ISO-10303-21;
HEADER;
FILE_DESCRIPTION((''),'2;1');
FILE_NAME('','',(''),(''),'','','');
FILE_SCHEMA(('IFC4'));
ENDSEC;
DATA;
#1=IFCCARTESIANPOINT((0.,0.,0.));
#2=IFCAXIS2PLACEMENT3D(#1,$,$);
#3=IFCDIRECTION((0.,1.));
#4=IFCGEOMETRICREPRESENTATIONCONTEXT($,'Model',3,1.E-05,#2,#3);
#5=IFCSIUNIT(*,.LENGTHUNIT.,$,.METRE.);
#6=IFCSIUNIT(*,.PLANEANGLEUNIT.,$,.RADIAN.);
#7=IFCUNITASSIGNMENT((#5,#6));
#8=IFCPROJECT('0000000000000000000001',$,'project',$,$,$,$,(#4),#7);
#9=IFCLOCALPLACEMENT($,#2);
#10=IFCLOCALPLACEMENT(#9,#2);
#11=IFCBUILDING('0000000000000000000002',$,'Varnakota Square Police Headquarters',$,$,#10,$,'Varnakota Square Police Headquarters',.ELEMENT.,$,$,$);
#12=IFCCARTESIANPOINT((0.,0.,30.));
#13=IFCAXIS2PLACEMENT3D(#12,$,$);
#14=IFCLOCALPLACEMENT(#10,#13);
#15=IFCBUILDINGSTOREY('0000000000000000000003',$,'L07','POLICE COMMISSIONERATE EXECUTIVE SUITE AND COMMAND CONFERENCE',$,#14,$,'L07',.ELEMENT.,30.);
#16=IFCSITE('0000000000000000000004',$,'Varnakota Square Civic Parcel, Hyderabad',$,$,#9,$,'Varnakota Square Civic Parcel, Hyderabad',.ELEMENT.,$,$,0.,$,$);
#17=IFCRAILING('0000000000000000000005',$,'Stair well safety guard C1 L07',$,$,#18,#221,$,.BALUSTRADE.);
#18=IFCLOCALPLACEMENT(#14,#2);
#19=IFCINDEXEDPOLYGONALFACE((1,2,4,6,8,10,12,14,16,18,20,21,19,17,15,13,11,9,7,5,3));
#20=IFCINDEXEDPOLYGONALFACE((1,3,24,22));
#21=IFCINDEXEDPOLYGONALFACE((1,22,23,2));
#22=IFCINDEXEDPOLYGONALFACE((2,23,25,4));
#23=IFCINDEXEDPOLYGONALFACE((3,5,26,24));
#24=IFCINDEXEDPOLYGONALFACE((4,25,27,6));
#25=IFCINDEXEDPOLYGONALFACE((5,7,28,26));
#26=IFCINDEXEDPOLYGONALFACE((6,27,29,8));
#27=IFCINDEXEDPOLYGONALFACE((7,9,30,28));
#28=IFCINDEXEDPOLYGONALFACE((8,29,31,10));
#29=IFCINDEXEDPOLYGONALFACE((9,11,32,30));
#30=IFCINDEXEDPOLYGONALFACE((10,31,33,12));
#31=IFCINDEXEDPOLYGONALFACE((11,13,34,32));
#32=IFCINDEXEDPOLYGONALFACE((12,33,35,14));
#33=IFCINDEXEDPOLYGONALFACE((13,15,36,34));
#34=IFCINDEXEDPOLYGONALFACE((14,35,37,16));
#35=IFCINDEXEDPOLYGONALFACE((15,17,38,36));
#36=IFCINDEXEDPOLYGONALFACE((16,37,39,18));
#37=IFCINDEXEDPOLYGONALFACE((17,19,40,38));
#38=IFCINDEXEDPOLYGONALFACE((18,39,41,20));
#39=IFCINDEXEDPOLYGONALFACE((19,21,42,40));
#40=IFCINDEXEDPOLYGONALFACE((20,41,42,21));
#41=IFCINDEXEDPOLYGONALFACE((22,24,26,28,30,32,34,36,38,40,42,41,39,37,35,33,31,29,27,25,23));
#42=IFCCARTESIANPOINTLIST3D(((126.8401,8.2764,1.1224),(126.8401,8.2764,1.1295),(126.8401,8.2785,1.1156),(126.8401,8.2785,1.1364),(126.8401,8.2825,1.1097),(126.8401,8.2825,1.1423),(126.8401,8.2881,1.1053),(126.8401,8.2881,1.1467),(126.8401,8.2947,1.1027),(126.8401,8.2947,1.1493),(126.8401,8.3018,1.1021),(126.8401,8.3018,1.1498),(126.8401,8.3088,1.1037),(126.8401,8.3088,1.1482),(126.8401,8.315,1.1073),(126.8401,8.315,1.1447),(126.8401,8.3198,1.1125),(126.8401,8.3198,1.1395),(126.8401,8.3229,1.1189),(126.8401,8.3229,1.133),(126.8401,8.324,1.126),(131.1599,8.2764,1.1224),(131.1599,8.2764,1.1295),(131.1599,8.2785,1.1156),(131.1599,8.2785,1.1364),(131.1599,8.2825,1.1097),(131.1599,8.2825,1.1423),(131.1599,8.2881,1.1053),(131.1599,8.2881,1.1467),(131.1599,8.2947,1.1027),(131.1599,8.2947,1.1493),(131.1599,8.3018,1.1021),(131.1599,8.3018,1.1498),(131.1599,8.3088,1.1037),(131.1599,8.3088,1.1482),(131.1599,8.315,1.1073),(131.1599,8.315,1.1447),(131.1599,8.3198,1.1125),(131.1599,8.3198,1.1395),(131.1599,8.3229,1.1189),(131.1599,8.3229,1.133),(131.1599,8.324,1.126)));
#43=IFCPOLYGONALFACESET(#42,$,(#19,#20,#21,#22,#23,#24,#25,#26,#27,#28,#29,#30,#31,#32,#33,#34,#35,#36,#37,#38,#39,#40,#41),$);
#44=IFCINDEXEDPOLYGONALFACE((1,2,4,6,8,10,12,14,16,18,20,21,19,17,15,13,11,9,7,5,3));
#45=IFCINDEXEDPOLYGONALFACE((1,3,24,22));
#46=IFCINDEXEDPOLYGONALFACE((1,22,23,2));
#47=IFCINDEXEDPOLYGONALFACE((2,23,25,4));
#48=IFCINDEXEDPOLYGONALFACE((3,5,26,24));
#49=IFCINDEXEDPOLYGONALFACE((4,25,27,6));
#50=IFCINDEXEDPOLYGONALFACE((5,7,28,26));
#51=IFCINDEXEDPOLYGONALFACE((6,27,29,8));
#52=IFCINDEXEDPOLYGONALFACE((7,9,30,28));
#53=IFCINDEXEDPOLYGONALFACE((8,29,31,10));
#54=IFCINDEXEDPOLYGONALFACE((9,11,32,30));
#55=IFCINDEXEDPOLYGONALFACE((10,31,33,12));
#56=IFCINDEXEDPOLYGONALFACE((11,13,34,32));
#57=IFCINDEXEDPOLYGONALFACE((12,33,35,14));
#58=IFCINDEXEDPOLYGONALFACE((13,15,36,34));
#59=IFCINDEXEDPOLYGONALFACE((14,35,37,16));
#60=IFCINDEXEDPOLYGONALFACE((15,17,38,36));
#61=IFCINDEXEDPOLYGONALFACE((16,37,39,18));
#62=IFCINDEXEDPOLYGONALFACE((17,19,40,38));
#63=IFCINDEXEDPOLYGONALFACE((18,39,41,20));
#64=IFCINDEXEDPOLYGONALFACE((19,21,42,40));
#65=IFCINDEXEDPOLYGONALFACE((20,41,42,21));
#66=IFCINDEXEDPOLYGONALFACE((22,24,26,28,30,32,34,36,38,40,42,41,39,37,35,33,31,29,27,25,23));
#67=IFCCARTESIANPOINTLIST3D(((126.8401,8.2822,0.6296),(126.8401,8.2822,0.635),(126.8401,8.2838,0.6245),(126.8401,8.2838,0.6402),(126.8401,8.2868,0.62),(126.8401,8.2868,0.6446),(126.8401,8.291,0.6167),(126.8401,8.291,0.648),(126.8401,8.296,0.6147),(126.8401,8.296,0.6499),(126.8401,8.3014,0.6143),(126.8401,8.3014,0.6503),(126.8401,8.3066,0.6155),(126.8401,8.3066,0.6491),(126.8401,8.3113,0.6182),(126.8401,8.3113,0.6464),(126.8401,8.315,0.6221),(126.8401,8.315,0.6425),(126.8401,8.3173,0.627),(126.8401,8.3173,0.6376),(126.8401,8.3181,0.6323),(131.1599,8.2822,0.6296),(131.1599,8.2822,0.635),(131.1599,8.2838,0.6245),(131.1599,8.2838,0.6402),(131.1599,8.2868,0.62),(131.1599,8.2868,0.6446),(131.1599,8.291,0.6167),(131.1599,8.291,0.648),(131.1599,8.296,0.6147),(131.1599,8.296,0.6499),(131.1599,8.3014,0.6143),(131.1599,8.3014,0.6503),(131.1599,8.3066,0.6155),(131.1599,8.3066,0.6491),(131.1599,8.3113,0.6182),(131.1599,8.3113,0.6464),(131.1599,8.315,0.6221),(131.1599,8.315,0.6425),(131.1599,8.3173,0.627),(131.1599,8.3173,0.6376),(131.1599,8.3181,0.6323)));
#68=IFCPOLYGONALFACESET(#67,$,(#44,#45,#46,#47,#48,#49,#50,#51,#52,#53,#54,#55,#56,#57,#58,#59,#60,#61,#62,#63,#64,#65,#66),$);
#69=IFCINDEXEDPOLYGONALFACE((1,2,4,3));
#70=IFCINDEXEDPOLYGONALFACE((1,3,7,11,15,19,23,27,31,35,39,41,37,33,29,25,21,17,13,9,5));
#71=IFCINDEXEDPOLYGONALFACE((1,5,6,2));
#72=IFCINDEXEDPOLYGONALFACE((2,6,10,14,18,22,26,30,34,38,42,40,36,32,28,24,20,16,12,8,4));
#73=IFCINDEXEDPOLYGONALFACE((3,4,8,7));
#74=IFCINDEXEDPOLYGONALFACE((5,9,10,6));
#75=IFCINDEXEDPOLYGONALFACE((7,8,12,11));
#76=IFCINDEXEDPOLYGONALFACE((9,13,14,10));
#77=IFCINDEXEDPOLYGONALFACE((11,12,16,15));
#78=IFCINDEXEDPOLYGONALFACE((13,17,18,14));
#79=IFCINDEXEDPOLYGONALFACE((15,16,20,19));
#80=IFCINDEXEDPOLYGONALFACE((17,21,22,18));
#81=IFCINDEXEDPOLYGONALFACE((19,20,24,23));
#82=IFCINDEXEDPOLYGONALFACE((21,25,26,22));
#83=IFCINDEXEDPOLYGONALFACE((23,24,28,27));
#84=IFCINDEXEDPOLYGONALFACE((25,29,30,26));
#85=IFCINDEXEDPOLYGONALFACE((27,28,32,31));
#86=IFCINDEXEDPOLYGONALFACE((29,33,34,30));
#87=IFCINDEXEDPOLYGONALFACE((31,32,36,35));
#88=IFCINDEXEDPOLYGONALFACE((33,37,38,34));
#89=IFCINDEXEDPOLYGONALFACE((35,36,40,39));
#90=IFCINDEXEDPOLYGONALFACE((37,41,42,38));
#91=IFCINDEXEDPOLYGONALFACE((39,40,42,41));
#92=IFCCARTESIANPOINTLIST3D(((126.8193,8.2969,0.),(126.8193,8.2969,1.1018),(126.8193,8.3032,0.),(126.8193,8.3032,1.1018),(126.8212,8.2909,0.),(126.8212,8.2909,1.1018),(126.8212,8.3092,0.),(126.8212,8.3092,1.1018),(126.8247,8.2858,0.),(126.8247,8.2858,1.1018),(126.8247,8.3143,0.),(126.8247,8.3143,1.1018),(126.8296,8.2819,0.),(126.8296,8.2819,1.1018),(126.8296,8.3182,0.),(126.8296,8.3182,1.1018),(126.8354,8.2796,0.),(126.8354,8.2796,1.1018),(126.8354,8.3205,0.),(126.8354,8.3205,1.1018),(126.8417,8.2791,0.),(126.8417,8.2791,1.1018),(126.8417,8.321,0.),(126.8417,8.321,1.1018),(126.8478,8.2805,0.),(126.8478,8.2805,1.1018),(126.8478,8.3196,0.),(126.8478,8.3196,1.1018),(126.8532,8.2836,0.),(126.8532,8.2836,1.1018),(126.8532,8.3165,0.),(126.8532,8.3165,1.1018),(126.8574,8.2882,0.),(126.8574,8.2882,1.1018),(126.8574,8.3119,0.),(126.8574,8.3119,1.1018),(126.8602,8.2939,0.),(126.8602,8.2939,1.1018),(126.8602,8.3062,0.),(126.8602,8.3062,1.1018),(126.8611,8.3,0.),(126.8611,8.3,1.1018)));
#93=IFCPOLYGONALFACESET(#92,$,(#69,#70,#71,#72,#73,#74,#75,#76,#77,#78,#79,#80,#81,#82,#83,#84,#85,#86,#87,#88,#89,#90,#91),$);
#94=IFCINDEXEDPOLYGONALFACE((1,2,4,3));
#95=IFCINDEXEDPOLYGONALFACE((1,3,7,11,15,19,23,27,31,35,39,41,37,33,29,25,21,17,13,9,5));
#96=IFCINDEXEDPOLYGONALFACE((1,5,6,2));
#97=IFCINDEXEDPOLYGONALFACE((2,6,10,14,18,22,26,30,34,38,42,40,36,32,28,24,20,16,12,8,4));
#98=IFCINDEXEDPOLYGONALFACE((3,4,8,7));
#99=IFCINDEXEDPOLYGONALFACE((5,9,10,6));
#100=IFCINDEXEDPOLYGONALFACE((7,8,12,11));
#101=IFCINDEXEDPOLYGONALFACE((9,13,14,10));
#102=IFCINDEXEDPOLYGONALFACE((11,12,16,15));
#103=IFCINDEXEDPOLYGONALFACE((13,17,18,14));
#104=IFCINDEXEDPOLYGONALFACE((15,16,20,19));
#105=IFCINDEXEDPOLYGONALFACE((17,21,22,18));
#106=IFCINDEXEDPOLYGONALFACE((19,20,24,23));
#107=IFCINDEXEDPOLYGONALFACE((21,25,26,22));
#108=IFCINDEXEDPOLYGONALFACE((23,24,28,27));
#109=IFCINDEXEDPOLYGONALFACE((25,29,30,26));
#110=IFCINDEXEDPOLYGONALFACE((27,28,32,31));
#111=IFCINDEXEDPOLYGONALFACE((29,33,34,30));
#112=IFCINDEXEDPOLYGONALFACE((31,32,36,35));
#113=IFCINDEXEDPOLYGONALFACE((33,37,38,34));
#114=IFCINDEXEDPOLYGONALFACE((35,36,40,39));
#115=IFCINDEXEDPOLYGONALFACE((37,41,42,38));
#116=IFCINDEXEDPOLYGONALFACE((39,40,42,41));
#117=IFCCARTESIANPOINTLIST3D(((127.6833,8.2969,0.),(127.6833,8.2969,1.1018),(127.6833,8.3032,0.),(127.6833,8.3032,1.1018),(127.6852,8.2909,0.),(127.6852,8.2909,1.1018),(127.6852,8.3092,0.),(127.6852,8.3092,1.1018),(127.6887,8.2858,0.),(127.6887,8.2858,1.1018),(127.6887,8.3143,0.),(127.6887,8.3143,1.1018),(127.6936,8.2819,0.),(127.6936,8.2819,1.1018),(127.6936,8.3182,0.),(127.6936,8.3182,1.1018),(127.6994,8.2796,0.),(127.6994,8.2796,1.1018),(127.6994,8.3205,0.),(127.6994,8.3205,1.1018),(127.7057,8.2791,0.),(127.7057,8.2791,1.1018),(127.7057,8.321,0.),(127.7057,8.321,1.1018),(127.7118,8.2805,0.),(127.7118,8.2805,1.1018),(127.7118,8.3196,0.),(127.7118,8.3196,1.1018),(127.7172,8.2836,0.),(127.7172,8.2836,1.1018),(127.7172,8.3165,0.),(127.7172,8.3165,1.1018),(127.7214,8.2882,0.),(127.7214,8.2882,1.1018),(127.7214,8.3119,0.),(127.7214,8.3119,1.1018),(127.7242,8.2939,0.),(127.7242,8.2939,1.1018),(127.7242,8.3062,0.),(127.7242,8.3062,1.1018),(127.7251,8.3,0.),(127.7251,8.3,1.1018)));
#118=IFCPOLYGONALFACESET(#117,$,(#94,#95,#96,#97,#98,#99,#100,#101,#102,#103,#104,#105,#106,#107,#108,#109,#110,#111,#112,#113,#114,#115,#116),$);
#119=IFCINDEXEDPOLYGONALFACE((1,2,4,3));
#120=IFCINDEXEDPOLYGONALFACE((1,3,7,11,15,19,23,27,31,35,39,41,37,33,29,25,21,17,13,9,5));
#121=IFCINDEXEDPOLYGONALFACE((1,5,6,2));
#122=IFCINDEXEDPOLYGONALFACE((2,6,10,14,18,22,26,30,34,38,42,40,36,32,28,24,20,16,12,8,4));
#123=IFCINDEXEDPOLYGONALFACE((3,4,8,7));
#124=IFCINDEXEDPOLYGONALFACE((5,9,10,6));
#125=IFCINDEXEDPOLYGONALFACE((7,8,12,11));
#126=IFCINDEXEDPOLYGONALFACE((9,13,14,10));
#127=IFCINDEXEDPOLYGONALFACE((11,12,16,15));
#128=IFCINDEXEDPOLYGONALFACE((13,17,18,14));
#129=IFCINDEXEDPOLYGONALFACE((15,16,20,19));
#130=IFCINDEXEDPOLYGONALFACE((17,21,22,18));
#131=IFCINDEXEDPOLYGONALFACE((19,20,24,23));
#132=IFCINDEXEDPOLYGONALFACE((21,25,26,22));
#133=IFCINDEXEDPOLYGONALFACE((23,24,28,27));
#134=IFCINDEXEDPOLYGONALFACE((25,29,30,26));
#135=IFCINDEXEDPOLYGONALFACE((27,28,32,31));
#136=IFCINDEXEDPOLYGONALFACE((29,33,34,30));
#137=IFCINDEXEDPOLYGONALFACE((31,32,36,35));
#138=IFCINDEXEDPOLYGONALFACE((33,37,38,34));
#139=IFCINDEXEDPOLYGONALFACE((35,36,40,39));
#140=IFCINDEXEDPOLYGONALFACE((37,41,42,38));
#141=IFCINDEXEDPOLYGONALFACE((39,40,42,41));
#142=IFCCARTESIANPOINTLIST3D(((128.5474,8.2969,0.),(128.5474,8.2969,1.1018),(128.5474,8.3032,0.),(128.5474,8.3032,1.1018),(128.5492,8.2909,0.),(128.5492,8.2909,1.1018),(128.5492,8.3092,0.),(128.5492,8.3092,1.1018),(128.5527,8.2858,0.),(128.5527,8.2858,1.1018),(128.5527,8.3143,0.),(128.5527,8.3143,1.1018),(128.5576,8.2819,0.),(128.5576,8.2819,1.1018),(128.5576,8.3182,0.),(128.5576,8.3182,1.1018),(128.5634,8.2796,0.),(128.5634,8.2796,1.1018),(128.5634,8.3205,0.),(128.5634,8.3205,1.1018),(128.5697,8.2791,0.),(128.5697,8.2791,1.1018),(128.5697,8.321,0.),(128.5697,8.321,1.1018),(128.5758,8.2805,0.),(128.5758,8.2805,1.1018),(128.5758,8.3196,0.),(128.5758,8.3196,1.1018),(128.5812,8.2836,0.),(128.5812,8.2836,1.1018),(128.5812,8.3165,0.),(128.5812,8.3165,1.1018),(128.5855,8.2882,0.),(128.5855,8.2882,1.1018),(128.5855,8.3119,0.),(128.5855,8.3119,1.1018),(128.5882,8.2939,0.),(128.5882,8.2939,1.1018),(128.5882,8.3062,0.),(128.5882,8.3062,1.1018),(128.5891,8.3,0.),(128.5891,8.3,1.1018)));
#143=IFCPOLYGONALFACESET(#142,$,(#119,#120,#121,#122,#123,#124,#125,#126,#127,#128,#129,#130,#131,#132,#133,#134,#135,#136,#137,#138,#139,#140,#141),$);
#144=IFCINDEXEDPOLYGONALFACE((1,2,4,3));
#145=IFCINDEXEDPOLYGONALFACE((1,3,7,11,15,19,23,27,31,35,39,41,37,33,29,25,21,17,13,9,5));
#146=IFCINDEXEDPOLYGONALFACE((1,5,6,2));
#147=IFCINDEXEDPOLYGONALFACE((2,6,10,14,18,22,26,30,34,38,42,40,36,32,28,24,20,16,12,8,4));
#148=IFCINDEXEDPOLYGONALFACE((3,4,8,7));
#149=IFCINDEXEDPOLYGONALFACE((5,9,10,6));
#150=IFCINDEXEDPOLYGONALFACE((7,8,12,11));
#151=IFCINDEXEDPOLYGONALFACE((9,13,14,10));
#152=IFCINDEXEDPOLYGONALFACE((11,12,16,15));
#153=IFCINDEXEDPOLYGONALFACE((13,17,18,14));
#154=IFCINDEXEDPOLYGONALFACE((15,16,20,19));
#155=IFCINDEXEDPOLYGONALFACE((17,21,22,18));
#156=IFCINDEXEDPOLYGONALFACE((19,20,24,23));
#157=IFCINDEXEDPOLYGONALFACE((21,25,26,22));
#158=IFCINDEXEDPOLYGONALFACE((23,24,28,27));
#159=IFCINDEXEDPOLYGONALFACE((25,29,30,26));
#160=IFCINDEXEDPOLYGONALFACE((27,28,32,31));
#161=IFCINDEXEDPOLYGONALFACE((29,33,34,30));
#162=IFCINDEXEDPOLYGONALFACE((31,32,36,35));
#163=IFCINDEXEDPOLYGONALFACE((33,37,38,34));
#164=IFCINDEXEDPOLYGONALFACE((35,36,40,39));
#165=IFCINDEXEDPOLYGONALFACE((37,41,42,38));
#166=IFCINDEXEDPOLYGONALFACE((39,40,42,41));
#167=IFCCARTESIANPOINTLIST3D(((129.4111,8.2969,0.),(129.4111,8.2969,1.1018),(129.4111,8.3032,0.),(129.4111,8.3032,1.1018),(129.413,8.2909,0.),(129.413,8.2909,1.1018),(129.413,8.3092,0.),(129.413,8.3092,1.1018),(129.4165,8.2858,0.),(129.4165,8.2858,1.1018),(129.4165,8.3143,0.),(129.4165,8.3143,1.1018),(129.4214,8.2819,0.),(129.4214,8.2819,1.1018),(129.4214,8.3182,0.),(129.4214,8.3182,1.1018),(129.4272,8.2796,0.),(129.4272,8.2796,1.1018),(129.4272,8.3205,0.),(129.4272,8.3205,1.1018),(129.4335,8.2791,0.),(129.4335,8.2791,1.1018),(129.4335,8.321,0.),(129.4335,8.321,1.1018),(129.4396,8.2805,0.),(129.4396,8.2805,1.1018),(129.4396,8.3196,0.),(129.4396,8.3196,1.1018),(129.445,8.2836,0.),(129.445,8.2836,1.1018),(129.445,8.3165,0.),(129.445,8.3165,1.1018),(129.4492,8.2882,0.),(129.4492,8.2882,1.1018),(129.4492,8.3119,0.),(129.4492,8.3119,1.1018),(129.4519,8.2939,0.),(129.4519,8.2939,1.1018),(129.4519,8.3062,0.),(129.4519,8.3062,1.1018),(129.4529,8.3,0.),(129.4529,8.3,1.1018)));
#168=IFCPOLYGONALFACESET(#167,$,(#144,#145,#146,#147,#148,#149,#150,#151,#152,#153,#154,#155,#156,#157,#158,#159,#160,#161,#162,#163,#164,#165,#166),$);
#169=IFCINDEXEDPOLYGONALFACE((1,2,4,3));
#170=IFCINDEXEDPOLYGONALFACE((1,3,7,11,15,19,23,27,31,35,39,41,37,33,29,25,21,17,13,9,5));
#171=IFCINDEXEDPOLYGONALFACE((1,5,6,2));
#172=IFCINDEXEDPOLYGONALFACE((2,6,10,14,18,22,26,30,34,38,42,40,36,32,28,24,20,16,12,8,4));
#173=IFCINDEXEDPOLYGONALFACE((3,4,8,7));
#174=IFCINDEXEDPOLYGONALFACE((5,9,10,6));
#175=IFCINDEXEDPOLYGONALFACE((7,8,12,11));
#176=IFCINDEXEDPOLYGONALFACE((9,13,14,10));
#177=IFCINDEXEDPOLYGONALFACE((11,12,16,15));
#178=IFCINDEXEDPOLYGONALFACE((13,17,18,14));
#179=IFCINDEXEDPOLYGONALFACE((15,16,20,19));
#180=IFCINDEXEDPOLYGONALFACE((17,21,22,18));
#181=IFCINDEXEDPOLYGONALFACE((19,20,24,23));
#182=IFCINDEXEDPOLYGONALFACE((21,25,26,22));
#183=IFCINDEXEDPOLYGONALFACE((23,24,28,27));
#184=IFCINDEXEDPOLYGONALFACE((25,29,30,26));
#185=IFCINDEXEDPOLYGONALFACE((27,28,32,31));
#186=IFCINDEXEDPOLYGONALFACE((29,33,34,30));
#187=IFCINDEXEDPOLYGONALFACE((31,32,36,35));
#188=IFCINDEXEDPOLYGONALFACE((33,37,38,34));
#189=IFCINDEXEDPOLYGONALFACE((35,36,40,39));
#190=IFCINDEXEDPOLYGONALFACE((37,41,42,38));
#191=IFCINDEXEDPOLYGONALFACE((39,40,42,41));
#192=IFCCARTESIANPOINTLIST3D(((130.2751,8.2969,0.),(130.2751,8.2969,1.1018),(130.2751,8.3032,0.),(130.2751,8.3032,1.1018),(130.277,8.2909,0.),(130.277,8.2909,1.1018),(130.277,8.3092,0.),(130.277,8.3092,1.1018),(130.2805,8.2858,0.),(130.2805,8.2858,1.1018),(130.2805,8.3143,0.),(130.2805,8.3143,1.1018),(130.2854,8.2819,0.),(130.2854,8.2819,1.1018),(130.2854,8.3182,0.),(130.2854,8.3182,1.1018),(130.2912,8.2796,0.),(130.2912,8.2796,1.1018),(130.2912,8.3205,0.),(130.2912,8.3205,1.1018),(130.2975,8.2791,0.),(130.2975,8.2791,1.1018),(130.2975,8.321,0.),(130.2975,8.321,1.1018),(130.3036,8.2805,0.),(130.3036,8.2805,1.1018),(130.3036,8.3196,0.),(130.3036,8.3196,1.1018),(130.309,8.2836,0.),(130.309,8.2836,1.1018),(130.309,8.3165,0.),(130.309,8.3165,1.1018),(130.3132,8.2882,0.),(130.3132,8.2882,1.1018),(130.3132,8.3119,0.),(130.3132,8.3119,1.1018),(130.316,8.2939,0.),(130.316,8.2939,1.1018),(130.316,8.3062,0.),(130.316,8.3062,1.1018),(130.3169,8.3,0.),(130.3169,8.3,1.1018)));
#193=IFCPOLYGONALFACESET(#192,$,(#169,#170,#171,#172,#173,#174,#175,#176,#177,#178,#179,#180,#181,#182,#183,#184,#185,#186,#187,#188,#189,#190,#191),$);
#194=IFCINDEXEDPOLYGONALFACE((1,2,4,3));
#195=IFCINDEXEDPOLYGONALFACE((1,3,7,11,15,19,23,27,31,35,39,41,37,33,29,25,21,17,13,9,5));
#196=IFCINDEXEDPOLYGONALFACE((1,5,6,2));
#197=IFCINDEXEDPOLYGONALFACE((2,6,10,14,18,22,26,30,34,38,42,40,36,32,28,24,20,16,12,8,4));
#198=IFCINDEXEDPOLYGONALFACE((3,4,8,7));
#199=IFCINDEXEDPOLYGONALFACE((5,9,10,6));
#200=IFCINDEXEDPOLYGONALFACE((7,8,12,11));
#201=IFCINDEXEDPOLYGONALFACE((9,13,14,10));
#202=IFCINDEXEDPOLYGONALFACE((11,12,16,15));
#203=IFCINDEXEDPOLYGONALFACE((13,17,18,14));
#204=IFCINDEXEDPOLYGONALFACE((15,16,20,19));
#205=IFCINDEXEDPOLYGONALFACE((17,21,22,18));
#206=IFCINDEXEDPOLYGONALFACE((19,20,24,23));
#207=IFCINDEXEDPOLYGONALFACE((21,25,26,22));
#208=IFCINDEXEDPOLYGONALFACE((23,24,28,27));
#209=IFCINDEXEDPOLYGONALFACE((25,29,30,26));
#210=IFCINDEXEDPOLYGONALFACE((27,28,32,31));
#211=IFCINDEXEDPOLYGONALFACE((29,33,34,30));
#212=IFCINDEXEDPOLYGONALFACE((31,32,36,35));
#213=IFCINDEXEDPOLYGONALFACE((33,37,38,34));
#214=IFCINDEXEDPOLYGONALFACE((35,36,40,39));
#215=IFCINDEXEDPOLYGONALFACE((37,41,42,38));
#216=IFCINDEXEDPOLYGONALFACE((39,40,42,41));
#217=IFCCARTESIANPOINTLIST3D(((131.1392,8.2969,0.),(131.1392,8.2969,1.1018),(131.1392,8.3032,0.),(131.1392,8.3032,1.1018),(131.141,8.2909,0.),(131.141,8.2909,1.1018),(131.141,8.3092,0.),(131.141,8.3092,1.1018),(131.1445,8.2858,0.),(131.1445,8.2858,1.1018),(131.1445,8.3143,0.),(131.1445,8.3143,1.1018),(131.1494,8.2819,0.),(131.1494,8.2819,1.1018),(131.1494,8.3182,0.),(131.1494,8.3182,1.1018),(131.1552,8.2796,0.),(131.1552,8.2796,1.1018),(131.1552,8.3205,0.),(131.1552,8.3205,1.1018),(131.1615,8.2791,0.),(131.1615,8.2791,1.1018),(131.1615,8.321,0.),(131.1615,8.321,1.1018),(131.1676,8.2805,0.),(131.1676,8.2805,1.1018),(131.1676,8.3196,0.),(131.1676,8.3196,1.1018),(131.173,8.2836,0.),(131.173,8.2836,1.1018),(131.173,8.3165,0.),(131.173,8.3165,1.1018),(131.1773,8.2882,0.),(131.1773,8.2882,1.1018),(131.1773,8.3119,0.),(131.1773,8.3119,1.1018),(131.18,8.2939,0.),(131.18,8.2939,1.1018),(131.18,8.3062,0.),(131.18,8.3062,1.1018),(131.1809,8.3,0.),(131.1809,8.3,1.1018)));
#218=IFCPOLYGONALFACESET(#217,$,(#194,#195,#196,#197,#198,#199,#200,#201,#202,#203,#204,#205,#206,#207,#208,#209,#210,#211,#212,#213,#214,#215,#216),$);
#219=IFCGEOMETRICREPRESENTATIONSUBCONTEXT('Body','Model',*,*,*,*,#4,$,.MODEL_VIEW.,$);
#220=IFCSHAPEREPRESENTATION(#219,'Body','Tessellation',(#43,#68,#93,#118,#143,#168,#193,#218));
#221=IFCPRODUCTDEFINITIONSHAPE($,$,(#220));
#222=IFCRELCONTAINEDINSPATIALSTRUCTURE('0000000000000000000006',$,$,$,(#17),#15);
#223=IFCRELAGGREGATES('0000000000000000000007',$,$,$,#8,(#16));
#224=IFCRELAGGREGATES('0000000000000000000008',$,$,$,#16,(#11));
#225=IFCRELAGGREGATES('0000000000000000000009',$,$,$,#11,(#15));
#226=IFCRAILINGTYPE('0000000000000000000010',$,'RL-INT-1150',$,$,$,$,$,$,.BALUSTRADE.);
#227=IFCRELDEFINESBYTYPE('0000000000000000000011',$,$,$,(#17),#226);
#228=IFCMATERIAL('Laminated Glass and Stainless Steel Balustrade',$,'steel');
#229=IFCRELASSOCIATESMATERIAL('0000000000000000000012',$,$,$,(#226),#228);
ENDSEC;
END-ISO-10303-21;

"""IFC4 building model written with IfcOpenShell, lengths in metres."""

from ifc_helpers import new_model, si_unit, direction, frame, origin, origin_2d, place, context, subcontext, project, spatial, circle, extrude, material, type_object, element, save


model = new_model("IFC4")

# Units and contexts
model_context = context("Model", 3, precision=1e-05, world=origin(), true_north=direction((0.0, 1.0)))
body_context = subcontext(model_context, "Body", "Model", "MODEL_VIEW")
ifc_project = project(units=[si_unit("LENGTHUNIT", "METRE"), si_unit("PLANEANGLEUNIT", "RADIAN")], contexts=[model_context])

# Site, building, storey
site_placement = place(None, origin())
site = spatial("IfcSite", under=ifc_project, at=site_placement, Name="Varnakota Square Civic Parcel, Hyderabad", LongName="Varnakota Square Civic Parcel, Hyderabad", CompositionType="ELEMENT", RefElevation=0.0)
building_placement = place(site_placement, origin())
building = spatial("IfcBuilding", under=site, at=building_placement, Name="Varnakota Square Police Headquarters", LongName="Varnakota Square Police Headquarters", CompositionType="ELEMENT")
storey_placement = place(building_placement, frame((0.0, 0.0, 30.0)))
storey = spatial("IfcBuildingStorey", under=building, at=storey_placement, Name="L07", Description="POLICE COMMISSIONERATE EXECUTIVE SUITE AND COMMAND CONFERENCE", LongName="L07", CompositionType="ELEMENT", Elevation=30.0)

# Railing
ifc_material_1 = material(Name="Laminated Glass and Stainless Steel Balustrade", Category="steel")
railing_type = type_object("IfcRailingType", Name="RL-INT-1150", PredefinedType="BALUSTRADE", material=ifc_material_1)
railing_placement = place(storey_placement, frame((126.8401, 8.3, 0.0)))
element("IfcRailing", 1, at=railing_placement, inside=storey, type_object=railing_type, Name="Stair well safety guard C1 L07", PredefinedType="BALUSTRADE", context=body_context, shape_type="SweptSolid", body=[
    extrude(circle(Radius=0.0239, at=origin_2d()), frame((0.0, 0.0, 1.126), z_axis=(1.0, 0.0, 0.0), x_axis=(0.0, 1.0, 0.0)), (0.0, 0.0, 1.0), 4.3198),
    extrude(circle(Radius=0.0181, at=origin_2d()), frame((0.0, 0.0, 0.6323), z_axis=(1.0, 0.0, 0.0), x_axis=(0.0, 1.0, 0.0)), (0.0, 0.0, 1.0), 4.3198),
    extrude(circle(Radius=0.021, at=origin_2d()), origin(), (0.0, 0.0, 1.0), 1.1018),
    extrude(circle(Radius=0.021, at=origin_2d()), frame((0.864, 0.0, 0.0)), (0.0, 0.0, 1.0), 1.1018),
    extrude(circle(Radius=0.021, at=origin_2d()), frame((1.728, 0.0, 0.0)), (0.0, 0.0, 1.0), 1.1018),
    extrude(circle(Radius=0.021, at=origin_2d()), frame((2.5918, 0.0, 0.0)), (0.0, 0.0, 1.0), 1.1018),
    extrude(circle(Radius=0.021, at=origin_2d()), frame((3.4558, 0.0, 0.0)), (0.0, 0.0, 1.0), 1.1018),
    extrude(circle(Radius=0.021, at=origin_2d()), frame((4.3198, 0.0, 0.0)), (0.0, 0.0, 1.0), 1.1018),
])

save(model, "model.ifc")
